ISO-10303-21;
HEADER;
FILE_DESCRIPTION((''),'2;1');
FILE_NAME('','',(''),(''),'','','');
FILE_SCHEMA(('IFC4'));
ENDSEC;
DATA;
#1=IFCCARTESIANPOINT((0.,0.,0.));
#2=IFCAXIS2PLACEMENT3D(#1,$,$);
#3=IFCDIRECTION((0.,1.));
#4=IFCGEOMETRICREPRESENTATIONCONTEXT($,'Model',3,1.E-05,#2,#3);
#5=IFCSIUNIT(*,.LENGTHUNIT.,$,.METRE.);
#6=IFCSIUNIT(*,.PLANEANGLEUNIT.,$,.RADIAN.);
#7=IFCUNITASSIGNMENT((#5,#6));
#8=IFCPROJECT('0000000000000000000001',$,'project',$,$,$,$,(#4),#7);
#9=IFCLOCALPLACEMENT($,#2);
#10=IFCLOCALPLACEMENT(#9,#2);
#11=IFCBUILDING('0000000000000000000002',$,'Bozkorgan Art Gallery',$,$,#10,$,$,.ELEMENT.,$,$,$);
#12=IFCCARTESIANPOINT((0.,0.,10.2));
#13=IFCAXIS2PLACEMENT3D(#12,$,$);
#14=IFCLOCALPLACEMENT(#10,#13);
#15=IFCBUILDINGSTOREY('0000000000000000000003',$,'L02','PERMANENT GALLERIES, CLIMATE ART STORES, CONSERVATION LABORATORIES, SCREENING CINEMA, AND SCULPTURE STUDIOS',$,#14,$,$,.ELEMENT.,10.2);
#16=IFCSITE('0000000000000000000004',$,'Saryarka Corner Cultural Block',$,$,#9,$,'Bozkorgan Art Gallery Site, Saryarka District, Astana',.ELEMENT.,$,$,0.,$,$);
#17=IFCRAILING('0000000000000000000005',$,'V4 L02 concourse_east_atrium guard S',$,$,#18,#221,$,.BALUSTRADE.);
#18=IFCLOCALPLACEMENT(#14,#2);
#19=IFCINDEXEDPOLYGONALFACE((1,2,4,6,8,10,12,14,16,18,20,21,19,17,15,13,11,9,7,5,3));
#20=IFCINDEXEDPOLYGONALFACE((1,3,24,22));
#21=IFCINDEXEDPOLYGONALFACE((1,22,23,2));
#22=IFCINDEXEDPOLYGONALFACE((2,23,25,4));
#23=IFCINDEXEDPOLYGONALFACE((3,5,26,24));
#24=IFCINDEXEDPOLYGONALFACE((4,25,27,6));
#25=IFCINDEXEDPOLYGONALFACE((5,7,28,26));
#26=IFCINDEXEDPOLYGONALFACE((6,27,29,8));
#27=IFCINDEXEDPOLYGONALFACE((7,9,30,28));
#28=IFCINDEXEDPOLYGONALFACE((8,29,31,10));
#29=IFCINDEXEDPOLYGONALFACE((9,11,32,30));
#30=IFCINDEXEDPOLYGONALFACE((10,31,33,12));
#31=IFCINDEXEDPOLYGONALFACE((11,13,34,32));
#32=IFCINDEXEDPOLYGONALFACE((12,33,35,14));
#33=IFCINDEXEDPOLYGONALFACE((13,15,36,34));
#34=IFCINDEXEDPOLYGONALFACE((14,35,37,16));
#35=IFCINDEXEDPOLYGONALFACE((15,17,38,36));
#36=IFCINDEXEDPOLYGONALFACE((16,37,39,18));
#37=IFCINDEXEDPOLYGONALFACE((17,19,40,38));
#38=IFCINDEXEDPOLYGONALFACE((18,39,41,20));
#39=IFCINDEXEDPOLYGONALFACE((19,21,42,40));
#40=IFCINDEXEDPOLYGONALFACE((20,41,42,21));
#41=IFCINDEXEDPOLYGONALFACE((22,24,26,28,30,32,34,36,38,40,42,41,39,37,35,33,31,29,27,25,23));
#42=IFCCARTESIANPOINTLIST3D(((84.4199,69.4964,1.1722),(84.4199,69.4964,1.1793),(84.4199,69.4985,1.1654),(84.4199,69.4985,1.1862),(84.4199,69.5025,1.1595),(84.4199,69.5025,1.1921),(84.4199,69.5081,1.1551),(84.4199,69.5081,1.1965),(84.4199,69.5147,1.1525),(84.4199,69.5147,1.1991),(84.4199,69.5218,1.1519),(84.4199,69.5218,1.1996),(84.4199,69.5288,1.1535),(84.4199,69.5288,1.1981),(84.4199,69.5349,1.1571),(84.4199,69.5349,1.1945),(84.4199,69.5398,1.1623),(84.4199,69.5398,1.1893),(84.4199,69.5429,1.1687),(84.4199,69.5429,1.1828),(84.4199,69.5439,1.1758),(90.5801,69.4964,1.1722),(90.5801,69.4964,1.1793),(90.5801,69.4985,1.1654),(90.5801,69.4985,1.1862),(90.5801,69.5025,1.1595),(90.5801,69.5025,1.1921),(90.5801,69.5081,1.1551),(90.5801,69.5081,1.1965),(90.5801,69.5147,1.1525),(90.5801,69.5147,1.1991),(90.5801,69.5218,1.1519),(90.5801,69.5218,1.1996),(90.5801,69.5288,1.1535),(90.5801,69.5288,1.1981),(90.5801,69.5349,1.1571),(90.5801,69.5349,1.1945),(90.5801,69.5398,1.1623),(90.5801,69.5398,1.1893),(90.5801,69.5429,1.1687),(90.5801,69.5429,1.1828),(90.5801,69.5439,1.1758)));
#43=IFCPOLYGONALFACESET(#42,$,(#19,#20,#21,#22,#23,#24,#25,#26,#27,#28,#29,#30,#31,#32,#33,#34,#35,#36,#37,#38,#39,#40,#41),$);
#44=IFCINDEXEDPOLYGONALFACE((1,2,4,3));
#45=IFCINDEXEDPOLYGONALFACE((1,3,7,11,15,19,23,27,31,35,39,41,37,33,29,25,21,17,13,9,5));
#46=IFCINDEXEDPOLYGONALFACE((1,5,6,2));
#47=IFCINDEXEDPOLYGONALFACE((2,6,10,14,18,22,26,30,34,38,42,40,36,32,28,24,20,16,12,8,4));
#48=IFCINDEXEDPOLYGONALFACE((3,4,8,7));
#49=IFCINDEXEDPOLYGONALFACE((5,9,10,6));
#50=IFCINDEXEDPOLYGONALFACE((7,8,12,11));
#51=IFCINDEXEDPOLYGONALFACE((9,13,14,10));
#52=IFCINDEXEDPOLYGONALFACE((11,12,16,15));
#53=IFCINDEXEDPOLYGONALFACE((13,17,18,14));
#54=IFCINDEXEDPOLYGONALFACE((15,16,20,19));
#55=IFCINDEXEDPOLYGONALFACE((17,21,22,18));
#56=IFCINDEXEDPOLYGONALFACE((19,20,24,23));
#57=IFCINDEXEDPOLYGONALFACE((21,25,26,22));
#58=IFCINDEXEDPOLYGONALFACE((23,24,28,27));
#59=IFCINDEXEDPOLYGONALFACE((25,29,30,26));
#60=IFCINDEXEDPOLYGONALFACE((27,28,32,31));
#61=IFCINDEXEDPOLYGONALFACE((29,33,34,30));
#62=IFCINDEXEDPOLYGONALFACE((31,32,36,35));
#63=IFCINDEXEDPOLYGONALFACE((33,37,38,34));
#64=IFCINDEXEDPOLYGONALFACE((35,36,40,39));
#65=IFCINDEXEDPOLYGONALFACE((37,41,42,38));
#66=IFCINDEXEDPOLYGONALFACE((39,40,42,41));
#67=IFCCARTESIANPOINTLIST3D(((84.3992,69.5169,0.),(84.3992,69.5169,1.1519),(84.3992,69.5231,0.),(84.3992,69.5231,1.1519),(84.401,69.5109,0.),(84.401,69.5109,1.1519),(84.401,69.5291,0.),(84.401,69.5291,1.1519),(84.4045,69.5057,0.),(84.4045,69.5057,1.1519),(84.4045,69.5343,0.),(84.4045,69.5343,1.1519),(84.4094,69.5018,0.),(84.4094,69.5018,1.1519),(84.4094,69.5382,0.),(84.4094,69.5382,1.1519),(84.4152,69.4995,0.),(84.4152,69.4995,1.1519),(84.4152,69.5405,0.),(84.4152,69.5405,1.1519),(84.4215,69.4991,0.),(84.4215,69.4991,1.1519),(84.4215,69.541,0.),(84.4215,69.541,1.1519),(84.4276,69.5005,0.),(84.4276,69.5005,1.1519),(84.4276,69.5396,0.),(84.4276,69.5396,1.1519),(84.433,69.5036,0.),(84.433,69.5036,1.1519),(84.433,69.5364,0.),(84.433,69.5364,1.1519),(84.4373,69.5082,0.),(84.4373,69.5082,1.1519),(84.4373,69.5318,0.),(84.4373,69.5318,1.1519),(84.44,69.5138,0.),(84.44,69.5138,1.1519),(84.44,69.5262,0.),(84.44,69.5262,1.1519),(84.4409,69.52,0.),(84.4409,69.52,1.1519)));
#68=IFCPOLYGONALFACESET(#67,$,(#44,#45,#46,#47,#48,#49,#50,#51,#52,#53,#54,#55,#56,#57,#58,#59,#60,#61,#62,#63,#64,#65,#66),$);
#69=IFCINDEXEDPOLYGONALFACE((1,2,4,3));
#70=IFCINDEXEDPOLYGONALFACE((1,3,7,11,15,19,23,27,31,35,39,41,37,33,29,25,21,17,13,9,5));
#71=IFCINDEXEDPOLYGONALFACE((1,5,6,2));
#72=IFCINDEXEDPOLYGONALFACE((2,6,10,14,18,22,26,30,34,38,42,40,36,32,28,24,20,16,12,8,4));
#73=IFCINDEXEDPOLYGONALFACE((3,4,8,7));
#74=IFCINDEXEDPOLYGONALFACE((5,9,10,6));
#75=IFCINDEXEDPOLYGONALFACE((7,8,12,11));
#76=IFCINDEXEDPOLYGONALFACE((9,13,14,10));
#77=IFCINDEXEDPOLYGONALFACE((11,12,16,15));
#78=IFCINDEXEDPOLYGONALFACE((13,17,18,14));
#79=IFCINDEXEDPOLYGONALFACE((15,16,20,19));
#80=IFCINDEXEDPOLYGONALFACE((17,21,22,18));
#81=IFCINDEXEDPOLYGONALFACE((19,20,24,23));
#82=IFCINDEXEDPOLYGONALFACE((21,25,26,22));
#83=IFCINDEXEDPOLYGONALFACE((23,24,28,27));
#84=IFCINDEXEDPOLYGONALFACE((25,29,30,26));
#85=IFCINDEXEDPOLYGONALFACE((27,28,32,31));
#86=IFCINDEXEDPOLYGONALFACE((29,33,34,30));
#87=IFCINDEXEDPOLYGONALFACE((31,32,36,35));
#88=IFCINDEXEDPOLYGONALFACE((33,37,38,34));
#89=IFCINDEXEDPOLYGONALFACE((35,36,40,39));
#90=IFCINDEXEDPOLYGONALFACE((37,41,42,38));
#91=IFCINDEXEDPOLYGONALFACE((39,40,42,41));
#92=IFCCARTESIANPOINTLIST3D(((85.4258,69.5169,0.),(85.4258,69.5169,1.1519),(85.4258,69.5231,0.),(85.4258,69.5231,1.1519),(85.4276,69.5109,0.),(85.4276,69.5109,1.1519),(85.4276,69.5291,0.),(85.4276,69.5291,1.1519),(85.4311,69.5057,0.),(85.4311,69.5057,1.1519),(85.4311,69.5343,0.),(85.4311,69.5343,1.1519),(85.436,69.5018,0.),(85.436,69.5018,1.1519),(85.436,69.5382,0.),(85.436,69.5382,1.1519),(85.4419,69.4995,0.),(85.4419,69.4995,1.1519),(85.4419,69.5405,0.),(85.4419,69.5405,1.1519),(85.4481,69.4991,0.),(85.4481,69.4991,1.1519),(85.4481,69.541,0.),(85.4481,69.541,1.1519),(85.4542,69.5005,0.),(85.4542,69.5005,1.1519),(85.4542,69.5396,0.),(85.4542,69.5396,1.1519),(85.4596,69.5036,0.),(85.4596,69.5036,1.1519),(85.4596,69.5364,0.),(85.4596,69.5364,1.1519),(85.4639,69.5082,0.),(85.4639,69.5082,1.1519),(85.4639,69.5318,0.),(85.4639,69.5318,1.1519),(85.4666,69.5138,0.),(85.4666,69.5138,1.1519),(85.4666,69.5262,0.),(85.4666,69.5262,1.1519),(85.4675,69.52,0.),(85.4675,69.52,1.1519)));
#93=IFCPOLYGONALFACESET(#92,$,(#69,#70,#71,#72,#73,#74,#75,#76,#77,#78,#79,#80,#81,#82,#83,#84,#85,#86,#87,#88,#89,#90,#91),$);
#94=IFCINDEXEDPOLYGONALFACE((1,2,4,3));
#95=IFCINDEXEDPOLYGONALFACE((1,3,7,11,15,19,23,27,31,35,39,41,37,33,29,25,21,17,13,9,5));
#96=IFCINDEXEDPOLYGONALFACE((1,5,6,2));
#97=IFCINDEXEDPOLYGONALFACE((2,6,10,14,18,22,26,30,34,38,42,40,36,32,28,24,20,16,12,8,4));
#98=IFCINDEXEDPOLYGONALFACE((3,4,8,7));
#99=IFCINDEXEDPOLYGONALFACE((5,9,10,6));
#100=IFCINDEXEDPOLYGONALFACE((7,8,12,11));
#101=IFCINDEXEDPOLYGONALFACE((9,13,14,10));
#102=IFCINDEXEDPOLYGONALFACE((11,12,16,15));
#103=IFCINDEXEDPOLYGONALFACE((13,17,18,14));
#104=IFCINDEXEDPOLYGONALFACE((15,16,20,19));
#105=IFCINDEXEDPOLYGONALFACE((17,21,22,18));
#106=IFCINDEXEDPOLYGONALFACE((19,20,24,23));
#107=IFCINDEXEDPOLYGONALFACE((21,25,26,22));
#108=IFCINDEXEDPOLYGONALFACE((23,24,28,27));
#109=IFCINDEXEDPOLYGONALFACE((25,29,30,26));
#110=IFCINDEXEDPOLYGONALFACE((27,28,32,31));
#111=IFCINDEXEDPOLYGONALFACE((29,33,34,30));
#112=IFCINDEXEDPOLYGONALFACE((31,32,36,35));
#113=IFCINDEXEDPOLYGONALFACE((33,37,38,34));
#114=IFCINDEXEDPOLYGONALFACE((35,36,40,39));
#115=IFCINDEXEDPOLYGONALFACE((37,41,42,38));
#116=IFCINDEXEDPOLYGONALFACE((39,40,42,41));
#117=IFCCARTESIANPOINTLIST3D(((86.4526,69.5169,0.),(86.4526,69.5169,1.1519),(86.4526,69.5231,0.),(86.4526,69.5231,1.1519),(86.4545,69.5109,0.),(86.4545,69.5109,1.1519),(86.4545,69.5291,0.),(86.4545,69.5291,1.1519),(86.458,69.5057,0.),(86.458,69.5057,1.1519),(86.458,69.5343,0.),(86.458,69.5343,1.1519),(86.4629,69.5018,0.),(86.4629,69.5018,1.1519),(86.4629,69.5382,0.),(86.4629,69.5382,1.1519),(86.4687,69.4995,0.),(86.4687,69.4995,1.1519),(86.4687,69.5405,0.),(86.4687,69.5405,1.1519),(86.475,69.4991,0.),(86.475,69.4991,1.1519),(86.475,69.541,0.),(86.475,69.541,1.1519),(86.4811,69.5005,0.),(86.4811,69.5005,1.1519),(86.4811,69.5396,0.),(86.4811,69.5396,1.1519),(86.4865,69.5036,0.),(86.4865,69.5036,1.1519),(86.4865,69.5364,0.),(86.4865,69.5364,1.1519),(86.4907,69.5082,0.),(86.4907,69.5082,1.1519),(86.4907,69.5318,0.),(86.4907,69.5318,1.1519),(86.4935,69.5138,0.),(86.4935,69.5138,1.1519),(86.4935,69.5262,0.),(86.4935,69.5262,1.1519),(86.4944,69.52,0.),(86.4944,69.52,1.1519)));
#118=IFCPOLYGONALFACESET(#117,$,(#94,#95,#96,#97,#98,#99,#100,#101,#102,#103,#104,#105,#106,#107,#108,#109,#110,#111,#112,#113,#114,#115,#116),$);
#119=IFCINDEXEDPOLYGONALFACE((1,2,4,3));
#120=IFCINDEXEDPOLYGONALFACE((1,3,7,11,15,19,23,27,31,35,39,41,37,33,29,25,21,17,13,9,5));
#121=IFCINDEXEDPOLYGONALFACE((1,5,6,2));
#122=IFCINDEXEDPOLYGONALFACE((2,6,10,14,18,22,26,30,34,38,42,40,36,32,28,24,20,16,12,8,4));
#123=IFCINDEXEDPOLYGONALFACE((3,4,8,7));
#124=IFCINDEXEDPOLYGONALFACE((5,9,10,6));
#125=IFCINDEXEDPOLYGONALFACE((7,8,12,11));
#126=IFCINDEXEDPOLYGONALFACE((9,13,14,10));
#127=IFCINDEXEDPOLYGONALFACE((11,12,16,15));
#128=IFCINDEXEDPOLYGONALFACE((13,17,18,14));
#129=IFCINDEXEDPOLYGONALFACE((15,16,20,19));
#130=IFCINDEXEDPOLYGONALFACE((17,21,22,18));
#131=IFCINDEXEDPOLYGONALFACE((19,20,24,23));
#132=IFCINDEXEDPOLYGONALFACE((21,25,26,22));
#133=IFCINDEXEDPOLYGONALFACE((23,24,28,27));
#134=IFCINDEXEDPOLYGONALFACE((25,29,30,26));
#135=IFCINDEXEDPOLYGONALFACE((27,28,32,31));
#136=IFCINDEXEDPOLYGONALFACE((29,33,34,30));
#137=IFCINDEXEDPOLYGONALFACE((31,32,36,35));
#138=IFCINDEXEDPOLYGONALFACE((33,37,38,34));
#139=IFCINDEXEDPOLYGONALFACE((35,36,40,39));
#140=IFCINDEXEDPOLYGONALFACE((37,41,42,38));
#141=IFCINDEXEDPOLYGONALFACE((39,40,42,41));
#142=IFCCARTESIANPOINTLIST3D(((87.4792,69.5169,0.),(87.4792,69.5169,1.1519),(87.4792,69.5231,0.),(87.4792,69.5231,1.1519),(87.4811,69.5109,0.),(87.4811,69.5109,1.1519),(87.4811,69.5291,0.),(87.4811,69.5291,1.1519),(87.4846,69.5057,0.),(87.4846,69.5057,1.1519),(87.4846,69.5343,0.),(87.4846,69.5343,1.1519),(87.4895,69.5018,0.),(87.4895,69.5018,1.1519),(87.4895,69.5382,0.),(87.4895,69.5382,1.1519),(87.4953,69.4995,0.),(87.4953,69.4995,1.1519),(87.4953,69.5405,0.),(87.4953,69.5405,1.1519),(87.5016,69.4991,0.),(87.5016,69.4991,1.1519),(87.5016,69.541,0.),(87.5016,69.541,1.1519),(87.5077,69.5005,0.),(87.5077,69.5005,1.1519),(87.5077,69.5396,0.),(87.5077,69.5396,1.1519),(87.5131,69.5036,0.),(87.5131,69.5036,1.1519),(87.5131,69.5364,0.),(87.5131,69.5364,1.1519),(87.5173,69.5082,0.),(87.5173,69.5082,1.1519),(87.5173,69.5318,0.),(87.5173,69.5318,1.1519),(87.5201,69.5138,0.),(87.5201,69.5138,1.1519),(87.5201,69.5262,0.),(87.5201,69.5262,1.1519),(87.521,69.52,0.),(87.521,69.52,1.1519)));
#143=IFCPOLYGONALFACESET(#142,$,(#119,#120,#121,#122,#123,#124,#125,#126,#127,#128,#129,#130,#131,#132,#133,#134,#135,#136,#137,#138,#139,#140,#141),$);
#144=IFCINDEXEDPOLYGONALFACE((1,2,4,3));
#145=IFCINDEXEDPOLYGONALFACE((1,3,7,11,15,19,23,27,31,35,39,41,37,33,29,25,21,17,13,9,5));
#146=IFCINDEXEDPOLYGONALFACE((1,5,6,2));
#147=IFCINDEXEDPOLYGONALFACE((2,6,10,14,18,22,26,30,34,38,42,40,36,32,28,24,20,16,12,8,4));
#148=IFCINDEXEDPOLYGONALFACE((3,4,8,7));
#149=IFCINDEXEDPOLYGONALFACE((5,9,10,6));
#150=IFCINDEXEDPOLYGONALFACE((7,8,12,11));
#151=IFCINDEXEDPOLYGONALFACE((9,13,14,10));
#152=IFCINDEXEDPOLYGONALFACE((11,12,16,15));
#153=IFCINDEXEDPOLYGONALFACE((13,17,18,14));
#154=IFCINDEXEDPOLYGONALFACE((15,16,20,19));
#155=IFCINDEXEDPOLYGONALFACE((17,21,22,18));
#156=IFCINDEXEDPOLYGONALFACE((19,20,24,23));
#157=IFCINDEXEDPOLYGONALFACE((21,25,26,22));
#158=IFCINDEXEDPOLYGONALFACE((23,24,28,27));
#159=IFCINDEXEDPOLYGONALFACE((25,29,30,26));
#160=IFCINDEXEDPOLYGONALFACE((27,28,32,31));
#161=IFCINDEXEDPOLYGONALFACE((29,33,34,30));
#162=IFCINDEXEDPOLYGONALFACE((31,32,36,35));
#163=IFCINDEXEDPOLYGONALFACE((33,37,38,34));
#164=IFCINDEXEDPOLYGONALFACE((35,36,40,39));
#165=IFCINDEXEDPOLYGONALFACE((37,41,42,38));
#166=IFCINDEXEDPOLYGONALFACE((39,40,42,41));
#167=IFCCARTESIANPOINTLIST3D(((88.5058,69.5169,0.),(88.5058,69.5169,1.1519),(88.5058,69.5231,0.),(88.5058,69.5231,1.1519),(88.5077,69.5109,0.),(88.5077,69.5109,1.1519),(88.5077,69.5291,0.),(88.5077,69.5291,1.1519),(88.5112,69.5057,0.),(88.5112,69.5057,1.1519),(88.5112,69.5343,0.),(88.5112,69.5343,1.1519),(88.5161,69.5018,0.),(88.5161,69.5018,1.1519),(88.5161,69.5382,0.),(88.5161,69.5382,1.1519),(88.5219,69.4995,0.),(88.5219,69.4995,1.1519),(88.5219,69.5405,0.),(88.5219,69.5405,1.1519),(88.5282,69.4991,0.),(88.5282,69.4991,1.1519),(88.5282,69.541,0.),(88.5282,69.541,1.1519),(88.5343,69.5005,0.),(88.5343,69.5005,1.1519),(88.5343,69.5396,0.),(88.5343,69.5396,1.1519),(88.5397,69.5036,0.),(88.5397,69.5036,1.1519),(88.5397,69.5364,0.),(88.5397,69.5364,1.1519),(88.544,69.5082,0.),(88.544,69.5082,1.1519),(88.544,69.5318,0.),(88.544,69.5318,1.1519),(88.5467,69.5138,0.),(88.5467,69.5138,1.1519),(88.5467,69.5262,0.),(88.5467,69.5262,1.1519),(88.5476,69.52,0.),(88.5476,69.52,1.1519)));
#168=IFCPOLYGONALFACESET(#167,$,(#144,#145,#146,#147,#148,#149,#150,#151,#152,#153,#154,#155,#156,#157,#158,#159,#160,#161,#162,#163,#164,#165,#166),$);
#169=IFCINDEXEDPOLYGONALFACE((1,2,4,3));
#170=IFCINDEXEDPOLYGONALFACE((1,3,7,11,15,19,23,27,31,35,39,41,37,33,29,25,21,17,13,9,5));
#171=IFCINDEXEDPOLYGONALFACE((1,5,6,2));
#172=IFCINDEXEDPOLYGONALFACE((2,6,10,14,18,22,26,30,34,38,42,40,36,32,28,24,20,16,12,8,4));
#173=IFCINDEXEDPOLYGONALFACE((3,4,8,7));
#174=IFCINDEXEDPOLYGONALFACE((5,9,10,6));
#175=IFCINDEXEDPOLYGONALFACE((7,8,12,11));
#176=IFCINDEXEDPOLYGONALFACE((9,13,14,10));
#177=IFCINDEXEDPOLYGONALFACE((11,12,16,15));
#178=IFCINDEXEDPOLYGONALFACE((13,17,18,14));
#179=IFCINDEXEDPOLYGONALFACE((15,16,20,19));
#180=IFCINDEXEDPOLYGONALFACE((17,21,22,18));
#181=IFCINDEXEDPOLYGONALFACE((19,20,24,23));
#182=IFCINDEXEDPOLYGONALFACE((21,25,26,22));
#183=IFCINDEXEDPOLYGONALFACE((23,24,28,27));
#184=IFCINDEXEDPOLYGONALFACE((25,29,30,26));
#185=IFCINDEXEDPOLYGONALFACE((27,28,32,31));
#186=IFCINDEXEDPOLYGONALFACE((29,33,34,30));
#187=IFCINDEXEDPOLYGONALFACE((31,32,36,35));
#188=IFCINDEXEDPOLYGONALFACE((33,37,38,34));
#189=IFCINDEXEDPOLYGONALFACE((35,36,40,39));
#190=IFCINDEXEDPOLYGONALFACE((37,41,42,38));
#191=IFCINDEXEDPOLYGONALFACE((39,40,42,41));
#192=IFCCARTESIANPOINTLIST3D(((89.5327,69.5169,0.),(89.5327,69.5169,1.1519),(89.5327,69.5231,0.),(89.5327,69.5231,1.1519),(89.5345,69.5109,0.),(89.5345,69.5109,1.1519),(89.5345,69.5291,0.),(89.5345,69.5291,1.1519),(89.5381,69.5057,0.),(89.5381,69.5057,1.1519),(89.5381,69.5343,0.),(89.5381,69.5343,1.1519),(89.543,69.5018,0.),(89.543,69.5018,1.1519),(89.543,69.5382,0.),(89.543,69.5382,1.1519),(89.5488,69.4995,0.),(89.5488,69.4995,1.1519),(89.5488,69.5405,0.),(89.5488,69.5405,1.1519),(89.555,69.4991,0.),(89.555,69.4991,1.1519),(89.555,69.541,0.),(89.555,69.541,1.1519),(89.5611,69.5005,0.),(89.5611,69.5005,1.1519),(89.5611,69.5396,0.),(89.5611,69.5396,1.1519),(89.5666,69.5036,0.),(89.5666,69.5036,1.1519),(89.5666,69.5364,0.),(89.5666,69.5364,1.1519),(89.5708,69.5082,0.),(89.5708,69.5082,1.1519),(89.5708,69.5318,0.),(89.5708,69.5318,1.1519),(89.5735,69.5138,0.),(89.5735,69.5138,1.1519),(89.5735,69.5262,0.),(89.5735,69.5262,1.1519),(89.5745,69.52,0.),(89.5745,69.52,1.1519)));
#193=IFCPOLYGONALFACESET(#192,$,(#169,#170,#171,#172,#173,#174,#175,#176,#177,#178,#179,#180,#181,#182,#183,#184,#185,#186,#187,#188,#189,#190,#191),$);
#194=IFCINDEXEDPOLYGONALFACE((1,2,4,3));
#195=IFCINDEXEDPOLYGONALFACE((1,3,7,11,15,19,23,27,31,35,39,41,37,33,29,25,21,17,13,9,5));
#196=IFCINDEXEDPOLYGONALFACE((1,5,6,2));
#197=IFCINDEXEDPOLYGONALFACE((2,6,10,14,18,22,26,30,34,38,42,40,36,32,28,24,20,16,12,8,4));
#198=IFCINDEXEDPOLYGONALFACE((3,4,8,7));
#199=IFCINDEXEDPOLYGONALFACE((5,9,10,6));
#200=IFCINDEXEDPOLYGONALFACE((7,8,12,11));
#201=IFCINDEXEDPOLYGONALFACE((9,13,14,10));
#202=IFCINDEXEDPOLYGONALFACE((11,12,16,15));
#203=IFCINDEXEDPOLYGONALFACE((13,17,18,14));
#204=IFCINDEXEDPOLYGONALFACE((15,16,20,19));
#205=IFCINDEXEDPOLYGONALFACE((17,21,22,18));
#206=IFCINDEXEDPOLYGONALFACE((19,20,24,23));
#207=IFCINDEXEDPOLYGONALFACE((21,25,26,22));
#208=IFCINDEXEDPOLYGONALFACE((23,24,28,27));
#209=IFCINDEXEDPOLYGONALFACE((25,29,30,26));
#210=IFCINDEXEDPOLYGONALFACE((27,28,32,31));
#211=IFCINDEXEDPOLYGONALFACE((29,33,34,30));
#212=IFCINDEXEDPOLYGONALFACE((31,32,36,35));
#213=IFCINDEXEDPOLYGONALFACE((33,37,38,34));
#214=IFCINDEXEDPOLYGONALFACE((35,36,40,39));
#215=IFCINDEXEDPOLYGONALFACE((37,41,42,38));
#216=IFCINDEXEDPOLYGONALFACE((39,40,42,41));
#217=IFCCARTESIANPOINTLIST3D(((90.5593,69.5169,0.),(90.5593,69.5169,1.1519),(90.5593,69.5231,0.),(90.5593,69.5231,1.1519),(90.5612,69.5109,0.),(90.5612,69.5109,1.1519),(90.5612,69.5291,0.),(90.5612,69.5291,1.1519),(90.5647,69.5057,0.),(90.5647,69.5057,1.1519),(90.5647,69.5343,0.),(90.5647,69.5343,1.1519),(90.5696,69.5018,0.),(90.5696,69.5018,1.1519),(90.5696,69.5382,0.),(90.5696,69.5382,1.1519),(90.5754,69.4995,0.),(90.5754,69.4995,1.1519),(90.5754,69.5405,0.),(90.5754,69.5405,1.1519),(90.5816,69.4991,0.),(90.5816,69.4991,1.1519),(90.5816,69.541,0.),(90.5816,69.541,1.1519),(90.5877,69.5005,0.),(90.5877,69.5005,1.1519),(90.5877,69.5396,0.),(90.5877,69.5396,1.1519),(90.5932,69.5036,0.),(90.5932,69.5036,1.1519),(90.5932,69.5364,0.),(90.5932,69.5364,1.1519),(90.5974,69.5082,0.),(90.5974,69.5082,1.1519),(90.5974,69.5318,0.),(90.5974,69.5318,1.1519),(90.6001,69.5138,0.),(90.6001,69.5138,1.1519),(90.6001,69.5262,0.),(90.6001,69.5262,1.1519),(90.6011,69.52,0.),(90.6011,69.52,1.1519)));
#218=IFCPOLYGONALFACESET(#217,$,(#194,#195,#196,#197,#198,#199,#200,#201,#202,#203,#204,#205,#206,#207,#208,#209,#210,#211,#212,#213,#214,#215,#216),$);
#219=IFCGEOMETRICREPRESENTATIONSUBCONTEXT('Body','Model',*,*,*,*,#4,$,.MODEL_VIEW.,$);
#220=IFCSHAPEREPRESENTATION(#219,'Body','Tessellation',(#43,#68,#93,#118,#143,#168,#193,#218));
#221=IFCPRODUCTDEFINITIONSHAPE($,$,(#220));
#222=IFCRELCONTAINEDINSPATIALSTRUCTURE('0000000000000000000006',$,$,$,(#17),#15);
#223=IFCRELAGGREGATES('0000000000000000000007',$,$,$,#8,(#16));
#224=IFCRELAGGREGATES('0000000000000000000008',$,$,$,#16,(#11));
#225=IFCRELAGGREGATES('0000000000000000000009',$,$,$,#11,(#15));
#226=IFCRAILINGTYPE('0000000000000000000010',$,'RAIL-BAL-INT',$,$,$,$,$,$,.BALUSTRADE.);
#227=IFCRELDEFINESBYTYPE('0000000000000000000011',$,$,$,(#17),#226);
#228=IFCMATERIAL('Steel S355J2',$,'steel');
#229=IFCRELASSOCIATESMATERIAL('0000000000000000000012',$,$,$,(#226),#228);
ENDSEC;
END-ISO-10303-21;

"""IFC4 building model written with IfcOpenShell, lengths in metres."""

from ifc_helpers import new_model, si_unit, direction, frame, origin, origin_2d, place, context, subcontext, project, spatial, circle, extrude, material, type_object, element, save


model = new_model("IFC4")

# Units and contexts
model_context = context("Model", 3, precision=1e-05, world=origin(), true_north=direction((0.0, 1.0)))
body_context = subcontext(model_context, "Body", "Model", "MODEL_VIEW")
ifc_project = project(units=[si_unit("LENGTHUNIT", "METRE"), si_unit("PLANEANGLEUNIT", "RADIAN")], contexts=[model_context])

# Site, building, storey
site_placement = place(None, origin())
site = spatial("IfcSite", under=ifc_project, at=site_placement, Name="Saryarka Corner Cultural Block", LongName="Bozkorgan Art Gallery Site, Saryarka District, Astana", CompositionType="ELEMENT", RefElevation=0.0)
building_placement = place(site_placement, origin())
building = spatial("IfcBuilding", under=site, at=building_placement, Name="Bozkorgan Art Gallery", CompositionType="ELEMENT")
storey_placement = place(building_placement, frame((0.0, 0.0, 10.2)))
storey = spatial("IfcBuildingStorey", under=building, at=storey_placement, Name="L02", Description="PERMANENT GALLERIES, CLIMATE ART STORES, CONSERVATION LABORATORIES, SCREENING CINEMA, AND SCULPTURE STUDIOS", CompositionType="ELEMENT", Elevation=10.2)

# Shared definitions
ifc_material_1 = material(Name="Steel S355J2", Category="steel")

# Railing
railing_type_1 = type_object("IfcRailingType", Name="RAIL-BAL-INT", PredefinedType="BALUSTRADE", material=ifc_material_1)
railing_1_placement = place(storey_placement, frame((84.4199, 69.52, 0.0)))
element("IfcRailing", 1, at=railing_1_placement, inside=storey, type_object=railing_type_1, Name="V4 L02 concourse_east_atrium guard S", PredefinedType="BALUSTRADE", context=body_context, shape_type="SweptSolid", body=[
    extrude(circle(Radius=0.0239, at=origin_2d()), frame((0.0, 0.0, 1.1758), z_axis=(1.0, 0.0, 0.0), x_axis=(0.0, 1.0, 0.0)), (0.0, 0.0, 1.0), 6.1602),
    extrude(circle(Radius=0.021, at=origin_2d()), origin(), (0.0, 0.0, 1.0), 1.1519),
    extrude(circle(Radius=0.021, at=origin_2d()), frame((1.0266, 0.0, 0.0)), (0.0, 0.0, 1.0), 1.1519),
    extrude(circle(Radius=0.021, at=origin_2d()), frame((2.0535, 0.0, 0.0)), (0.0, 0.0, 1.0), 1.1519),
    extrude(circle(Radius=0.021, at=origin_2d()), frame((3.0801, 0.0, 0.0)), (0.0, 0.0, 1.0), 1.1519),
    extrude(circle(Radius=0.021, at=origin_2d()), frame((4.1067, 0.0, 0.0)), (0.0, 0.0, 1.0), 1.1519),
    extrude(circle(Radius=0.021, at=origin_2d()), frame((5.1335, 0.0, 0.0)), (0.0, 0.0, 1.0), 1.1519),
    extrude(circle(Radius=0.021, at=origin_2d()), frame((6.1602, 0.0, 0.0)), (0.0, 0.0, 1.0), 1.1519),
])

save(model, "model.ifc")
